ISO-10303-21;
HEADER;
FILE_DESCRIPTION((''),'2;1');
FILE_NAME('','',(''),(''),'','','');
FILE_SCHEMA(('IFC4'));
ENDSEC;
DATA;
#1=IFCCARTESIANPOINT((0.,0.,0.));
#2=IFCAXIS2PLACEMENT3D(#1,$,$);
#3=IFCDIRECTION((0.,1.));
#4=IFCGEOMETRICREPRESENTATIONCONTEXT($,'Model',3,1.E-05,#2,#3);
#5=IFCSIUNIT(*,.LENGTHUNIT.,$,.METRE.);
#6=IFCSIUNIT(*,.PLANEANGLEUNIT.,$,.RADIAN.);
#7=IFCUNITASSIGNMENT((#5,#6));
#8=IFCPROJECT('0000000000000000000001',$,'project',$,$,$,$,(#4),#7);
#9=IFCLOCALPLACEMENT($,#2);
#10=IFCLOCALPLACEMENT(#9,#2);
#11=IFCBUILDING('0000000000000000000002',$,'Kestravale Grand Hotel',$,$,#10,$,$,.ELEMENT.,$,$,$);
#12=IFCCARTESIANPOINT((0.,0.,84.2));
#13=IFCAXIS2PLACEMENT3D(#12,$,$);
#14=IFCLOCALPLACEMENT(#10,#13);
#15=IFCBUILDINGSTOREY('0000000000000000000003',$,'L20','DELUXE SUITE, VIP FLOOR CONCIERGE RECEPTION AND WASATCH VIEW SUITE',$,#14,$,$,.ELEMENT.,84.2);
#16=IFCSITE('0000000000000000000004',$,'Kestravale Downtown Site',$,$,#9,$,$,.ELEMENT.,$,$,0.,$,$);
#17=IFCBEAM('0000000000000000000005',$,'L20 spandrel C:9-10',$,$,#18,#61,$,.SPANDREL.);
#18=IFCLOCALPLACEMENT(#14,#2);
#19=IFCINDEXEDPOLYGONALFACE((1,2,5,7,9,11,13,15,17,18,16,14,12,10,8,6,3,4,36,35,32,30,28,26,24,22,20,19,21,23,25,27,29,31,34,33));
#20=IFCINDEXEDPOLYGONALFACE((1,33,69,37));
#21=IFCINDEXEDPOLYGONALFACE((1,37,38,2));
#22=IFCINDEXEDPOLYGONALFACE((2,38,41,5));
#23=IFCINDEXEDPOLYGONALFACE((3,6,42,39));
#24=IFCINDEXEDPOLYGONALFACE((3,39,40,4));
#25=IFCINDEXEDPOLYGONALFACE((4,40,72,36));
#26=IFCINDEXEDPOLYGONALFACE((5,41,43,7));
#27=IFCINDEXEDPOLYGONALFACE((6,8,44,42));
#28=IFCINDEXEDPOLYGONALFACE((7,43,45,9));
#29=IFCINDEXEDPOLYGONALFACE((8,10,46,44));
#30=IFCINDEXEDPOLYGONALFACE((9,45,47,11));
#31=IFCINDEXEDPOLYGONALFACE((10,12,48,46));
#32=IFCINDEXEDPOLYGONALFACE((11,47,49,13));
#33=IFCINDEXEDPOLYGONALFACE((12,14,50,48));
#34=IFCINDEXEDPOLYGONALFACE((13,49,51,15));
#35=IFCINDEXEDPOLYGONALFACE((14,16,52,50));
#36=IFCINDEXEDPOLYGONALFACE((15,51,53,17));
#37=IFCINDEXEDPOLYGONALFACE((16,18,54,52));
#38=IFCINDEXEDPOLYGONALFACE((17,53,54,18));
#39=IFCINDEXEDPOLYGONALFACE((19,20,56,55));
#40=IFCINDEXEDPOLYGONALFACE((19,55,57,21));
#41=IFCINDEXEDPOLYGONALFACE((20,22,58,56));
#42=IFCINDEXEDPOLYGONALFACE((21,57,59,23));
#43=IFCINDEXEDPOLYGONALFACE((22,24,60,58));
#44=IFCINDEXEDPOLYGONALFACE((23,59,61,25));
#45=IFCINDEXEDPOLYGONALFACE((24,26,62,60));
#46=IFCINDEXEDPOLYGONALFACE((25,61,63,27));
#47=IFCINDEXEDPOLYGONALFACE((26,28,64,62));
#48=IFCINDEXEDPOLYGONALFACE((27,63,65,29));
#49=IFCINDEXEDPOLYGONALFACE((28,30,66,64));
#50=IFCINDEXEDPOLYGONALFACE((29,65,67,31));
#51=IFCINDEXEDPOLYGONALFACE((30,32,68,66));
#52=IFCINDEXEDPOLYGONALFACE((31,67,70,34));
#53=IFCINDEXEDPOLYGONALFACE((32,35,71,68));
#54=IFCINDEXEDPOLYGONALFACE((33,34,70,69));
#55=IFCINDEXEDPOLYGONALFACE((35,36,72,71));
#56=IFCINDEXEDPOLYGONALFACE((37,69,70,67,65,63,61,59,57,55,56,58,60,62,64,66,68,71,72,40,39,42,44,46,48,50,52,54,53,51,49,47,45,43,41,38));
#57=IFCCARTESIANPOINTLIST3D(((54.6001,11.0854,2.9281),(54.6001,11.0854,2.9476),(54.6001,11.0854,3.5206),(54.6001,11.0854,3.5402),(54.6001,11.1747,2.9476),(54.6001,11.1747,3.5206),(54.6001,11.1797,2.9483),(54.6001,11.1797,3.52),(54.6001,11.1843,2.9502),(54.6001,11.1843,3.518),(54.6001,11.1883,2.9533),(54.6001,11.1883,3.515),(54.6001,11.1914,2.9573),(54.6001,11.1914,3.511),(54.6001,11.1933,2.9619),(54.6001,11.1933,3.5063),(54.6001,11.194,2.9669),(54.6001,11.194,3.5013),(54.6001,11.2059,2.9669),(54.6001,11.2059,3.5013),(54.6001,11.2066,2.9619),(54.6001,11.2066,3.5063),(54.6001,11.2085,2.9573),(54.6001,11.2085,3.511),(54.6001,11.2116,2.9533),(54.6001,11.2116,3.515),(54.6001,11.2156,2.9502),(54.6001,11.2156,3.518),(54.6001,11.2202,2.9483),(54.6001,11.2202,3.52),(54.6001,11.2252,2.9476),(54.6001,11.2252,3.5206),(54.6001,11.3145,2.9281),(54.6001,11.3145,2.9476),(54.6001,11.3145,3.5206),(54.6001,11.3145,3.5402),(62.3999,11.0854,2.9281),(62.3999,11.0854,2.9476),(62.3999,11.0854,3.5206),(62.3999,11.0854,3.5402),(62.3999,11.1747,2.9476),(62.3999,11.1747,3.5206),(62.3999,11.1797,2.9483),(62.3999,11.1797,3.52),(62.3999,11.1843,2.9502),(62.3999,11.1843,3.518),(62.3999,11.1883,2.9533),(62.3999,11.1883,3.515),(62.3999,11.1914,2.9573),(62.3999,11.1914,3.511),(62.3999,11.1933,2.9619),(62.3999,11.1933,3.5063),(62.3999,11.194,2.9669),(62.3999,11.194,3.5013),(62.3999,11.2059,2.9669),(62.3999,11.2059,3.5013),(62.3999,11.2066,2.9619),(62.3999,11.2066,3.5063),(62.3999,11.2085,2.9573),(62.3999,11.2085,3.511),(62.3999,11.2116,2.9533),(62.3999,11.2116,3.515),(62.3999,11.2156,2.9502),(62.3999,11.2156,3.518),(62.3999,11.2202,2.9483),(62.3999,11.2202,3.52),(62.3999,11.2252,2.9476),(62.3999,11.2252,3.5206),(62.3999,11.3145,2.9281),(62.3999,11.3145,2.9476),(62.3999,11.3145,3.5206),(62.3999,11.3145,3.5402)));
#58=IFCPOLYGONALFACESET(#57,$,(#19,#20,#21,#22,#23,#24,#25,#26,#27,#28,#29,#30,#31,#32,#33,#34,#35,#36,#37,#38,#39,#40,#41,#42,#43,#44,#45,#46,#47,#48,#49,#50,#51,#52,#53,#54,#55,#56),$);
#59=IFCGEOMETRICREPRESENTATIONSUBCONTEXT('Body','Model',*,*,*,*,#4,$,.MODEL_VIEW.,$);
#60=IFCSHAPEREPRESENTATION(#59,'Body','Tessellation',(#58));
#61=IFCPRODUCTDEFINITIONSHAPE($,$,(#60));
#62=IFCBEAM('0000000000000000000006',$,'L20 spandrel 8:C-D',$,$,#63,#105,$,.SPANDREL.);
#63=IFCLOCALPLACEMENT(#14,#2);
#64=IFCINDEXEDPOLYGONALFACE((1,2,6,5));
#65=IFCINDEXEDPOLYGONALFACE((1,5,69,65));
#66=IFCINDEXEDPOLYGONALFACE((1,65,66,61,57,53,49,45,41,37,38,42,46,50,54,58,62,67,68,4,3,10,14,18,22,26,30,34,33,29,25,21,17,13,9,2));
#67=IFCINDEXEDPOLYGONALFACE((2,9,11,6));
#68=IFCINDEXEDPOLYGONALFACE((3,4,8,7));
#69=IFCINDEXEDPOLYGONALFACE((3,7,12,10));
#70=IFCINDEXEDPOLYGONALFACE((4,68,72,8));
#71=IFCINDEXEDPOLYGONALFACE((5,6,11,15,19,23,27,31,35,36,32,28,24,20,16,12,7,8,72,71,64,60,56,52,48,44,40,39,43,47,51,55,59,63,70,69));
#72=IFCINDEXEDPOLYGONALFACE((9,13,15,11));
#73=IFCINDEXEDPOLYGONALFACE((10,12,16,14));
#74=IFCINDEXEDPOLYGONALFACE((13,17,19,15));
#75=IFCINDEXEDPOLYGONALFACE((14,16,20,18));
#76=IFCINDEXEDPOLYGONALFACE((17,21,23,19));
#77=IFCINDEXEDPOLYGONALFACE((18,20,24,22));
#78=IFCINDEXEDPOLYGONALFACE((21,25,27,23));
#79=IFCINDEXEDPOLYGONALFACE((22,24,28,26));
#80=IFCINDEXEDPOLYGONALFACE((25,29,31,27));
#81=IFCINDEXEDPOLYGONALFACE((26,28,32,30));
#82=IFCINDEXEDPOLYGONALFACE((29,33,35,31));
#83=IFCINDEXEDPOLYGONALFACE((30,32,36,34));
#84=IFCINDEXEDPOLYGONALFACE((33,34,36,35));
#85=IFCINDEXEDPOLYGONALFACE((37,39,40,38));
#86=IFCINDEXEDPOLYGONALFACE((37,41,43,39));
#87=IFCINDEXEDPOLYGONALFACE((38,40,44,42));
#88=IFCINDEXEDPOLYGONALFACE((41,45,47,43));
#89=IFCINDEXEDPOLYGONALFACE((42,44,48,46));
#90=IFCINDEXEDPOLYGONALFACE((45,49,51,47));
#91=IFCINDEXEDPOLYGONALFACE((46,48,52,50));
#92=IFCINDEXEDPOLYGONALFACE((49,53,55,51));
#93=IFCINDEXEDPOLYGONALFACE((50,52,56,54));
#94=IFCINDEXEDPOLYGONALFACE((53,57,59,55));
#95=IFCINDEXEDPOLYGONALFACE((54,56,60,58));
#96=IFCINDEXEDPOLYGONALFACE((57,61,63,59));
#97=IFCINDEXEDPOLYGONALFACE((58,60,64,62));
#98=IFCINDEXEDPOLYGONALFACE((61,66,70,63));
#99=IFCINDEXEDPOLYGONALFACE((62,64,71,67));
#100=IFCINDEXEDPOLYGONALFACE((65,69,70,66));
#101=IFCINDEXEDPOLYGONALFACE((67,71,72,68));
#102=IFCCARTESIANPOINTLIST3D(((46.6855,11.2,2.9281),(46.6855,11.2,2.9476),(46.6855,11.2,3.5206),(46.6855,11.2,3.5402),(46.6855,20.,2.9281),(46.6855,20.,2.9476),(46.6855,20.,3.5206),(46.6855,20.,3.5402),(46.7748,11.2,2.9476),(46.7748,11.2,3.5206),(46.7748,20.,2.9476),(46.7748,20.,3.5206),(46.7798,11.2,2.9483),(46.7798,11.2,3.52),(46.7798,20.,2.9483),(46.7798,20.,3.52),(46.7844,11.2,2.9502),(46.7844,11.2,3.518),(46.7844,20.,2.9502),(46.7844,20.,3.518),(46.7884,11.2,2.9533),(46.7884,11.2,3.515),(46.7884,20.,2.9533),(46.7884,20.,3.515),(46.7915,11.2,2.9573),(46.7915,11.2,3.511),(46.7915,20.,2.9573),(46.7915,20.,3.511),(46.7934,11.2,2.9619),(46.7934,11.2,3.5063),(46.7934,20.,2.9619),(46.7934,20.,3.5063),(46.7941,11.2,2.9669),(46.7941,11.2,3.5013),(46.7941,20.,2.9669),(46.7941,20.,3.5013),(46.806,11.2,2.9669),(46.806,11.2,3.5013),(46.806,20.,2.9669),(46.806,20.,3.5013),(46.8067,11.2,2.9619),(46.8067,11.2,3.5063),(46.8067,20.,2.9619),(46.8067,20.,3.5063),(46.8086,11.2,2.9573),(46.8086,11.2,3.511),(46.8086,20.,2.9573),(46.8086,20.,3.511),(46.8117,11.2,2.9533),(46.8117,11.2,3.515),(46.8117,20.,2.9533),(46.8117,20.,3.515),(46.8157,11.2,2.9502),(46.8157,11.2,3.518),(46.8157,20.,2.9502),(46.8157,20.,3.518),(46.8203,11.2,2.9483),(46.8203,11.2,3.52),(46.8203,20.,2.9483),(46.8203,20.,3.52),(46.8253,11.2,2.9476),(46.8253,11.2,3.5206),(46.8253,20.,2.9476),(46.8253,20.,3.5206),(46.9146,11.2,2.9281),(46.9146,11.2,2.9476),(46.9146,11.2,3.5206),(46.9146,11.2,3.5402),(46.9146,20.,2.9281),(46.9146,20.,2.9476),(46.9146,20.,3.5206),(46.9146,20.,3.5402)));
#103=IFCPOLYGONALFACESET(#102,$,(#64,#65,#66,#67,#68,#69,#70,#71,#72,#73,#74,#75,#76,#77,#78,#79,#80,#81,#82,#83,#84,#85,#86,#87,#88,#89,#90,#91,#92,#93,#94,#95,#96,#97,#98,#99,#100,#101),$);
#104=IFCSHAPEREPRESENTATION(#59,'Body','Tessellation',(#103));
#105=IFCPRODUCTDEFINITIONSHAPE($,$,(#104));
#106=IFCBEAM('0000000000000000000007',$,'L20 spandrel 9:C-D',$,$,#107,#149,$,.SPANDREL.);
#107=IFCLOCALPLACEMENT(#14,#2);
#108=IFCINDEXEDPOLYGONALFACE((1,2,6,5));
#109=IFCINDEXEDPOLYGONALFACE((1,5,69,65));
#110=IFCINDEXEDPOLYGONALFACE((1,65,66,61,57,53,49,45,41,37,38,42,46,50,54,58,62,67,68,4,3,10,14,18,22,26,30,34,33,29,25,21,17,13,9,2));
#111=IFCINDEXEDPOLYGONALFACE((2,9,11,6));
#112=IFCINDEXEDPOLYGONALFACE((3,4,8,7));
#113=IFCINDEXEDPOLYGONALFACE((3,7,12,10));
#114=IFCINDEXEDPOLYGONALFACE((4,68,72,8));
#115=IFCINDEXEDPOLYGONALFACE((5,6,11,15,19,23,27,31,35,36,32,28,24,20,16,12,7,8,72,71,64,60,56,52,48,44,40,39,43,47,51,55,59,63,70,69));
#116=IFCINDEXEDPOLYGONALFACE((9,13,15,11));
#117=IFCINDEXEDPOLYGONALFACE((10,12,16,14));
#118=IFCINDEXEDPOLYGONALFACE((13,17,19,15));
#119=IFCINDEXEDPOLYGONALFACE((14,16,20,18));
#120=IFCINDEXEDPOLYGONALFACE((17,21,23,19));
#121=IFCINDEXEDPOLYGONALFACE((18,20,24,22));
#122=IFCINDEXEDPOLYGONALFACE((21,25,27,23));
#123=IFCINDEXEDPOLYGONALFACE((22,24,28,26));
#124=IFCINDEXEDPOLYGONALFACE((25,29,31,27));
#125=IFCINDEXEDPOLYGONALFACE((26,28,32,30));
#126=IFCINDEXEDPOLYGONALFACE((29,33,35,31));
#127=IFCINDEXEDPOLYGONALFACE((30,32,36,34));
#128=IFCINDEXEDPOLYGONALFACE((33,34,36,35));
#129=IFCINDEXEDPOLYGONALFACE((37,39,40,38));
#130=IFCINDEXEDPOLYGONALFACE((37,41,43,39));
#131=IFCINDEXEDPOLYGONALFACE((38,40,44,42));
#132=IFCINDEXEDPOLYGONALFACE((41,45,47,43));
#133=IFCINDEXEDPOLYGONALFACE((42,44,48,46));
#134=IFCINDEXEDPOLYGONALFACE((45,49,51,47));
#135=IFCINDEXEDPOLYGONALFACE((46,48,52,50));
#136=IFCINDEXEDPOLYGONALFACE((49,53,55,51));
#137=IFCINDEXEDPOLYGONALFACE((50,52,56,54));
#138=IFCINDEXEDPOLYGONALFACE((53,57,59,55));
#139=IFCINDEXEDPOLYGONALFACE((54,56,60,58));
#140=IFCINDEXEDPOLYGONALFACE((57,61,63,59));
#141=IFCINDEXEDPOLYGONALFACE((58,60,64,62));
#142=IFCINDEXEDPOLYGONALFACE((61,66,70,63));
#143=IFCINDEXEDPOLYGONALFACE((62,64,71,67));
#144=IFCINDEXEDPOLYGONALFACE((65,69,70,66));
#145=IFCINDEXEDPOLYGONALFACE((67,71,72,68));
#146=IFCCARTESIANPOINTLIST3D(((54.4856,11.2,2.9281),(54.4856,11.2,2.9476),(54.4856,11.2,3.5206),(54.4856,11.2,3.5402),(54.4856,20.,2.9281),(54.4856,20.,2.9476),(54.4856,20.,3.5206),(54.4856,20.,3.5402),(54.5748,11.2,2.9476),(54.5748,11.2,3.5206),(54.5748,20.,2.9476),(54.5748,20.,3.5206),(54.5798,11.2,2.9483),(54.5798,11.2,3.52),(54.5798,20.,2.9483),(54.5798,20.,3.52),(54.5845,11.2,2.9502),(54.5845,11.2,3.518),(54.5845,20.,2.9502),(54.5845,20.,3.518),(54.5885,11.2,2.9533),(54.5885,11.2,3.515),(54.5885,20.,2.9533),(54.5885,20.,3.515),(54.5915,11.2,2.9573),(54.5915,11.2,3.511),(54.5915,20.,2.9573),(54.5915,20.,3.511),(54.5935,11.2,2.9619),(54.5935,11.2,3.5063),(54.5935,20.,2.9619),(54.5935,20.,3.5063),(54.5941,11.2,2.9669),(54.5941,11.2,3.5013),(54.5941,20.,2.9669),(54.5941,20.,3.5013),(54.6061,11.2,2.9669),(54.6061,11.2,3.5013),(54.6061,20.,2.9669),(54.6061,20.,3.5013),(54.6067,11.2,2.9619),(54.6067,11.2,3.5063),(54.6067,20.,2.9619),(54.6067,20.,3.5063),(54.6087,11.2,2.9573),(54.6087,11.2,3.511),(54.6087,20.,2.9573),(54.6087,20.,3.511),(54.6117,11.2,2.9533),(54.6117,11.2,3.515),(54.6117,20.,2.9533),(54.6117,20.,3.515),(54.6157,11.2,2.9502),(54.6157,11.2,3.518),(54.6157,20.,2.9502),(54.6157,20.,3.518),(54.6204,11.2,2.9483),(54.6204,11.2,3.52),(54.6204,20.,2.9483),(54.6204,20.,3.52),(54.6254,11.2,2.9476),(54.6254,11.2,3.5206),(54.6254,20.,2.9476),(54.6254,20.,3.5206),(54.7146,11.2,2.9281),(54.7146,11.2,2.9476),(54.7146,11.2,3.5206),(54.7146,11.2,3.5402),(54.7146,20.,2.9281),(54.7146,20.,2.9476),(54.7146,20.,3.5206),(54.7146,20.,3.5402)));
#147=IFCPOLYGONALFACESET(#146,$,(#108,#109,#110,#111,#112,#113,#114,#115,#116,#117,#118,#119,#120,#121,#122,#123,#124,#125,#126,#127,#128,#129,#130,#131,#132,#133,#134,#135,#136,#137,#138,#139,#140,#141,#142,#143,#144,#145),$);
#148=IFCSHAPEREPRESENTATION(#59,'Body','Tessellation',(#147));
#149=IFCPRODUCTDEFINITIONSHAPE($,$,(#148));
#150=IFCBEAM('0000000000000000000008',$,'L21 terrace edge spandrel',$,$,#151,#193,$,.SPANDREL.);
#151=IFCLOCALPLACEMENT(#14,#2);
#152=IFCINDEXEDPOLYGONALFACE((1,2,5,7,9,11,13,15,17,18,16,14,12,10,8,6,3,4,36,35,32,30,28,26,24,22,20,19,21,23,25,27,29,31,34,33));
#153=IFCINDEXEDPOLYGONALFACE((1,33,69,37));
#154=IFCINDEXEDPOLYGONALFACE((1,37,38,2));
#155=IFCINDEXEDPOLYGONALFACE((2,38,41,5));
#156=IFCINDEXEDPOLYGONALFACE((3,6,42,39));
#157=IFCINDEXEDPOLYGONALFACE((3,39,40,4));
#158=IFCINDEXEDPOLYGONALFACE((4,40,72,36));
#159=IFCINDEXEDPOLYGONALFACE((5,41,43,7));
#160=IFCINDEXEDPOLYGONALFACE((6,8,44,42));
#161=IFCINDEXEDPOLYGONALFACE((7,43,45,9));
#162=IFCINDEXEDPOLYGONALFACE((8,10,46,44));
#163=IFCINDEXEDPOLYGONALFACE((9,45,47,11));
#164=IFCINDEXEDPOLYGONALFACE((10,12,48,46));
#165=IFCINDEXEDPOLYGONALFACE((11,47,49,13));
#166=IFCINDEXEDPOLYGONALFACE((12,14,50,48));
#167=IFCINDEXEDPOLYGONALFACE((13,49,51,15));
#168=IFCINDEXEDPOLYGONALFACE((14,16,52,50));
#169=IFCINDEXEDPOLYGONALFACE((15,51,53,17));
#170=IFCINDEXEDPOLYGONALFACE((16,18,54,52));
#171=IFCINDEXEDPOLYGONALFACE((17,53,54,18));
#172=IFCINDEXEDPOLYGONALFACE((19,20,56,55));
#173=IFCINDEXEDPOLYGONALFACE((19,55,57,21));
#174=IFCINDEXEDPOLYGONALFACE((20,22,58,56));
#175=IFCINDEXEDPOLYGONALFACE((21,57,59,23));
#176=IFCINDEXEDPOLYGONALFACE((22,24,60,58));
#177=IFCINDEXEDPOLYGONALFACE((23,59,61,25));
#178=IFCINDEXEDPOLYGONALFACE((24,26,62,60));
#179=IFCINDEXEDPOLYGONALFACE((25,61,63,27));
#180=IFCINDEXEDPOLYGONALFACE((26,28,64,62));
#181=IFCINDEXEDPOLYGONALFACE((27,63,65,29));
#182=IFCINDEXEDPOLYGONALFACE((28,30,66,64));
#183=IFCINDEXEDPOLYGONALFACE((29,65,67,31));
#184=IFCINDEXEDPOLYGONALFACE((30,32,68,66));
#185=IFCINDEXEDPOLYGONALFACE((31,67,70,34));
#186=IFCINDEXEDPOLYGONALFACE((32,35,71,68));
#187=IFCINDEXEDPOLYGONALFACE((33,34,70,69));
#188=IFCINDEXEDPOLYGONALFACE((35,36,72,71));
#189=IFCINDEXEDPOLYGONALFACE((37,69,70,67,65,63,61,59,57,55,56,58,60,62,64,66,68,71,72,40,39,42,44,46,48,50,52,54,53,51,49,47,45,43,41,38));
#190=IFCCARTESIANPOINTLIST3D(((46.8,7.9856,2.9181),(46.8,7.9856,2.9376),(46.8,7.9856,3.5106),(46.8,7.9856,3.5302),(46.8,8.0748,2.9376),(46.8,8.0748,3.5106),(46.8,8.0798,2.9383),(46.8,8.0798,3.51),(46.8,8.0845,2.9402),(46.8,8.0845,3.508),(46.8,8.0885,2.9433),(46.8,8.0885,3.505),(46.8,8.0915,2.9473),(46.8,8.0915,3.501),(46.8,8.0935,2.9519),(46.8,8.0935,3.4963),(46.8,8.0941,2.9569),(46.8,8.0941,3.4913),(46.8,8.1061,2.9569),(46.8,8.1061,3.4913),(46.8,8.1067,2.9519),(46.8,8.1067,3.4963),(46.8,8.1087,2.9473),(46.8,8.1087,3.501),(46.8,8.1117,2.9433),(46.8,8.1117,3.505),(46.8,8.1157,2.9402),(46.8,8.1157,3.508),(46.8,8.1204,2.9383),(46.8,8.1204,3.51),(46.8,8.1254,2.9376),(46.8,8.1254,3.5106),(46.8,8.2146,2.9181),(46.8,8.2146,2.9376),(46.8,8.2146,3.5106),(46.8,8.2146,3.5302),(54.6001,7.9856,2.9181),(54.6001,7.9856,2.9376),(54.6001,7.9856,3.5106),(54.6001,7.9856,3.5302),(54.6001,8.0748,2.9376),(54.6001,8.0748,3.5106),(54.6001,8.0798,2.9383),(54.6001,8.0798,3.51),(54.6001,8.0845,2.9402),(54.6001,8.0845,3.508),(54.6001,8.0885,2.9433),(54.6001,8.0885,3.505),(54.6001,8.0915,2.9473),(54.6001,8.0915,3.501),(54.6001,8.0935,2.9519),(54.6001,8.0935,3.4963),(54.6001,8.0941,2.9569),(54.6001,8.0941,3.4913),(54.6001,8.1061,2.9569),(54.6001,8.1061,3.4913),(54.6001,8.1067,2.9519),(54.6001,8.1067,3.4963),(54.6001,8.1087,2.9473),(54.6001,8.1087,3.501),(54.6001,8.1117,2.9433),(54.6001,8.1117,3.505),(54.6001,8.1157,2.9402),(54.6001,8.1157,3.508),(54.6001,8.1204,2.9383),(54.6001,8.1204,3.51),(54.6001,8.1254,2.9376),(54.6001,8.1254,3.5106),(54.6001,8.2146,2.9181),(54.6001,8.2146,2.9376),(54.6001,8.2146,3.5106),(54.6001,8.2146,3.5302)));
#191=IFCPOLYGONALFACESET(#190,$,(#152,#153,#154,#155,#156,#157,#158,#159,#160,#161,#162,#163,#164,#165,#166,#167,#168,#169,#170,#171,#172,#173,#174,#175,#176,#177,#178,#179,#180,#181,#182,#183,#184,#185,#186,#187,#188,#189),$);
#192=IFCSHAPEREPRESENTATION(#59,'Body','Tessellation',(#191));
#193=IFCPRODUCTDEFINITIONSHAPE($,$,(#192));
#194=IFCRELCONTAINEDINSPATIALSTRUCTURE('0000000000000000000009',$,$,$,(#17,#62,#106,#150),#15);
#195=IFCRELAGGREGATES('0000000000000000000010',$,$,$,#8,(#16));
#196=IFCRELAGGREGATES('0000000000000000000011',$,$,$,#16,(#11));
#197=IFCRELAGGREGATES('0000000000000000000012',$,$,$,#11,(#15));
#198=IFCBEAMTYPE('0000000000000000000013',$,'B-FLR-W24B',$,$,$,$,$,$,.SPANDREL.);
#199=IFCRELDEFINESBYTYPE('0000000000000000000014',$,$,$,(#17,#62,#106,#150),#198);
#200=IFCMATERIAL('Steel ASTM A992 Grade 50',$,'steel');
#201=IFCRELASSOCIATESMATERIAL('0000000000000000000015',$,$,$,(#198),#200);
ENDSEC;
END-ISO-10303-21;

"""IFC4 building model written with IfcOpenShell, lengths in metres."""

from ifc_helpers import new_model, si_unit, direction, frame, origin, origin_2d, place, context, subcontext, project, spatial, i_section, extrude, material, material_profile, profile_set, type_object, element, save


model = new_model("IFC4")

# Units and contexts
model_context = context("Model", 3, precision=1e-05, world=origin(), true_north=direction((0.0, 1.0)))
body_context = subcontext(model_context, "Body", "Model", "MODEL_VIEW")
ifc_project = project(units=[si_unit("LENGTHUNIT", "METRE"), si_unit("PLANEANGLEUNIT", "RADIAN")], contexts=[model_context])

# Site, building, storey
site_placement = place(None, origin())
site = spatial("IfcSite", under=ifc_project, at=site_placement, Name="Kestravale Downtown Site", CompositionType="ELEMENT", RefElevation=0.0)
building_placement = place(site_placement, origin())
building = spatial("IfcBuilding", under=site, at=building_placement, Name="Kestravale Grand Hotel", CompositionType="ELEMENT")
storey_placement = place(building_placement, frame((0.0, 0.0, 84.2)))
storey = spatial("IfcBuildingStorey", under=building, at=storey_placement, Name="L20", Description="DELUXE SUITE, VIP FLOOR CONCIERGE RECEPTION AND WASATCH VIEW SUITE", CompositionType="ELEMENT", Elevation=84.2)

# Beams
ifc_material_1 = material(Name="Steel ASTM A992 Grade 50", Category="steel")
ifc_material_profile_1 = material_profile(ifc_material_1, i_section(OverallWidth=0.229, OverallDepth=0.6121, WebThickness=0.012, FlangeThickness=0.0195, FilletRadius=0.0193, at=origin_2d()))
ifc_profile_set_1 = profile_set([ifc_material_profile_1], Name="Steel ASTM A992 Grade 50")
beam_type_1 = type_object("IfcBeamType", Name="B-FLR-W24B", PredefinedType="SPANDREL", material=ifc_profile_set_1)
beam_1_placement = place(storey_placement, frame((54.6001, 11.2, 3.2341), z_axis=(1.0, 0.0, 0.0), x_axis=(0.0, 1.0, 0.0)))
element("IfcBeam", 1, at=beam_1_placement, inside=storey, type_object=beam_type_1, Name="L20 spandrel C:9-10", PredefinedType="SPANDREL", context=body_context, shape_type="SweptSolid", body=[
    extrude(i_section(OverallWidth=0.229, OverallDepth=0.6121, WebThickness=0.012, FlangeThickness=0.0195, FilletRadius=0.0193, at=origin_2d()), origin(), (0.0, 0.0, 1.0), 7.7998),
])
for number, where, z_axis, x_axis, name in (
    (2, (46.8, 11.2, 3.2341), (0.0, 1.0, 0.0), (-1.0, 0.0, 0.0), "L20 spandrel 8:C-D"),
    (3, (54.6001, 11.2, 3.2341), (0.0, 1.0, 0.0), (-1.0, 0.0, 0.0), "L20 spandrel 9:C-D"),
):
    element("IfcBeam", number, at=place(storey_placement, frame(where, z_axis=z_axis, x_axis=x_axis)), inside=storey, type_object=beam_type_1, Name=name, PredefinedType="SPANDREL", context=body_context, shape_type="SweptSolid", body=[
        extrude(i_section(OverallWidth=0.229, OverallDepth=0.6121, WebThickness=0.012, FlangeThickness=0.0195, FilletRadius=0.0193, at=origin_2d()), origin(), (0.0, 0.0, 1.0), 8.8),
    ])
beam_2_placement = place(storey_placement, frame((46.8, 8.1001, 3.2241), z_axis=(1.0, 0.0, 0.0), x_axis=(0.0, 1.0, 0.0)))
element("IfcBeam", 4, at=beam_2_placement, inside=storey, type_object=beam_type_1, Name="L21 terrace edge spandrel", PredefinedType="SPANDREL", context=body_context, shape_type="SweptSolid", body=[
    extrude(i_section(OverallWidth=0.229, OverallDepth=0.6121, WebThickness=0.012, FlangeThickness=0.0195, FilletRadius=0.0193, at=origin_2d()), origin(), (0.0, 0.0, 1.0), 7.8),
])

save(model, "model.ifc")
